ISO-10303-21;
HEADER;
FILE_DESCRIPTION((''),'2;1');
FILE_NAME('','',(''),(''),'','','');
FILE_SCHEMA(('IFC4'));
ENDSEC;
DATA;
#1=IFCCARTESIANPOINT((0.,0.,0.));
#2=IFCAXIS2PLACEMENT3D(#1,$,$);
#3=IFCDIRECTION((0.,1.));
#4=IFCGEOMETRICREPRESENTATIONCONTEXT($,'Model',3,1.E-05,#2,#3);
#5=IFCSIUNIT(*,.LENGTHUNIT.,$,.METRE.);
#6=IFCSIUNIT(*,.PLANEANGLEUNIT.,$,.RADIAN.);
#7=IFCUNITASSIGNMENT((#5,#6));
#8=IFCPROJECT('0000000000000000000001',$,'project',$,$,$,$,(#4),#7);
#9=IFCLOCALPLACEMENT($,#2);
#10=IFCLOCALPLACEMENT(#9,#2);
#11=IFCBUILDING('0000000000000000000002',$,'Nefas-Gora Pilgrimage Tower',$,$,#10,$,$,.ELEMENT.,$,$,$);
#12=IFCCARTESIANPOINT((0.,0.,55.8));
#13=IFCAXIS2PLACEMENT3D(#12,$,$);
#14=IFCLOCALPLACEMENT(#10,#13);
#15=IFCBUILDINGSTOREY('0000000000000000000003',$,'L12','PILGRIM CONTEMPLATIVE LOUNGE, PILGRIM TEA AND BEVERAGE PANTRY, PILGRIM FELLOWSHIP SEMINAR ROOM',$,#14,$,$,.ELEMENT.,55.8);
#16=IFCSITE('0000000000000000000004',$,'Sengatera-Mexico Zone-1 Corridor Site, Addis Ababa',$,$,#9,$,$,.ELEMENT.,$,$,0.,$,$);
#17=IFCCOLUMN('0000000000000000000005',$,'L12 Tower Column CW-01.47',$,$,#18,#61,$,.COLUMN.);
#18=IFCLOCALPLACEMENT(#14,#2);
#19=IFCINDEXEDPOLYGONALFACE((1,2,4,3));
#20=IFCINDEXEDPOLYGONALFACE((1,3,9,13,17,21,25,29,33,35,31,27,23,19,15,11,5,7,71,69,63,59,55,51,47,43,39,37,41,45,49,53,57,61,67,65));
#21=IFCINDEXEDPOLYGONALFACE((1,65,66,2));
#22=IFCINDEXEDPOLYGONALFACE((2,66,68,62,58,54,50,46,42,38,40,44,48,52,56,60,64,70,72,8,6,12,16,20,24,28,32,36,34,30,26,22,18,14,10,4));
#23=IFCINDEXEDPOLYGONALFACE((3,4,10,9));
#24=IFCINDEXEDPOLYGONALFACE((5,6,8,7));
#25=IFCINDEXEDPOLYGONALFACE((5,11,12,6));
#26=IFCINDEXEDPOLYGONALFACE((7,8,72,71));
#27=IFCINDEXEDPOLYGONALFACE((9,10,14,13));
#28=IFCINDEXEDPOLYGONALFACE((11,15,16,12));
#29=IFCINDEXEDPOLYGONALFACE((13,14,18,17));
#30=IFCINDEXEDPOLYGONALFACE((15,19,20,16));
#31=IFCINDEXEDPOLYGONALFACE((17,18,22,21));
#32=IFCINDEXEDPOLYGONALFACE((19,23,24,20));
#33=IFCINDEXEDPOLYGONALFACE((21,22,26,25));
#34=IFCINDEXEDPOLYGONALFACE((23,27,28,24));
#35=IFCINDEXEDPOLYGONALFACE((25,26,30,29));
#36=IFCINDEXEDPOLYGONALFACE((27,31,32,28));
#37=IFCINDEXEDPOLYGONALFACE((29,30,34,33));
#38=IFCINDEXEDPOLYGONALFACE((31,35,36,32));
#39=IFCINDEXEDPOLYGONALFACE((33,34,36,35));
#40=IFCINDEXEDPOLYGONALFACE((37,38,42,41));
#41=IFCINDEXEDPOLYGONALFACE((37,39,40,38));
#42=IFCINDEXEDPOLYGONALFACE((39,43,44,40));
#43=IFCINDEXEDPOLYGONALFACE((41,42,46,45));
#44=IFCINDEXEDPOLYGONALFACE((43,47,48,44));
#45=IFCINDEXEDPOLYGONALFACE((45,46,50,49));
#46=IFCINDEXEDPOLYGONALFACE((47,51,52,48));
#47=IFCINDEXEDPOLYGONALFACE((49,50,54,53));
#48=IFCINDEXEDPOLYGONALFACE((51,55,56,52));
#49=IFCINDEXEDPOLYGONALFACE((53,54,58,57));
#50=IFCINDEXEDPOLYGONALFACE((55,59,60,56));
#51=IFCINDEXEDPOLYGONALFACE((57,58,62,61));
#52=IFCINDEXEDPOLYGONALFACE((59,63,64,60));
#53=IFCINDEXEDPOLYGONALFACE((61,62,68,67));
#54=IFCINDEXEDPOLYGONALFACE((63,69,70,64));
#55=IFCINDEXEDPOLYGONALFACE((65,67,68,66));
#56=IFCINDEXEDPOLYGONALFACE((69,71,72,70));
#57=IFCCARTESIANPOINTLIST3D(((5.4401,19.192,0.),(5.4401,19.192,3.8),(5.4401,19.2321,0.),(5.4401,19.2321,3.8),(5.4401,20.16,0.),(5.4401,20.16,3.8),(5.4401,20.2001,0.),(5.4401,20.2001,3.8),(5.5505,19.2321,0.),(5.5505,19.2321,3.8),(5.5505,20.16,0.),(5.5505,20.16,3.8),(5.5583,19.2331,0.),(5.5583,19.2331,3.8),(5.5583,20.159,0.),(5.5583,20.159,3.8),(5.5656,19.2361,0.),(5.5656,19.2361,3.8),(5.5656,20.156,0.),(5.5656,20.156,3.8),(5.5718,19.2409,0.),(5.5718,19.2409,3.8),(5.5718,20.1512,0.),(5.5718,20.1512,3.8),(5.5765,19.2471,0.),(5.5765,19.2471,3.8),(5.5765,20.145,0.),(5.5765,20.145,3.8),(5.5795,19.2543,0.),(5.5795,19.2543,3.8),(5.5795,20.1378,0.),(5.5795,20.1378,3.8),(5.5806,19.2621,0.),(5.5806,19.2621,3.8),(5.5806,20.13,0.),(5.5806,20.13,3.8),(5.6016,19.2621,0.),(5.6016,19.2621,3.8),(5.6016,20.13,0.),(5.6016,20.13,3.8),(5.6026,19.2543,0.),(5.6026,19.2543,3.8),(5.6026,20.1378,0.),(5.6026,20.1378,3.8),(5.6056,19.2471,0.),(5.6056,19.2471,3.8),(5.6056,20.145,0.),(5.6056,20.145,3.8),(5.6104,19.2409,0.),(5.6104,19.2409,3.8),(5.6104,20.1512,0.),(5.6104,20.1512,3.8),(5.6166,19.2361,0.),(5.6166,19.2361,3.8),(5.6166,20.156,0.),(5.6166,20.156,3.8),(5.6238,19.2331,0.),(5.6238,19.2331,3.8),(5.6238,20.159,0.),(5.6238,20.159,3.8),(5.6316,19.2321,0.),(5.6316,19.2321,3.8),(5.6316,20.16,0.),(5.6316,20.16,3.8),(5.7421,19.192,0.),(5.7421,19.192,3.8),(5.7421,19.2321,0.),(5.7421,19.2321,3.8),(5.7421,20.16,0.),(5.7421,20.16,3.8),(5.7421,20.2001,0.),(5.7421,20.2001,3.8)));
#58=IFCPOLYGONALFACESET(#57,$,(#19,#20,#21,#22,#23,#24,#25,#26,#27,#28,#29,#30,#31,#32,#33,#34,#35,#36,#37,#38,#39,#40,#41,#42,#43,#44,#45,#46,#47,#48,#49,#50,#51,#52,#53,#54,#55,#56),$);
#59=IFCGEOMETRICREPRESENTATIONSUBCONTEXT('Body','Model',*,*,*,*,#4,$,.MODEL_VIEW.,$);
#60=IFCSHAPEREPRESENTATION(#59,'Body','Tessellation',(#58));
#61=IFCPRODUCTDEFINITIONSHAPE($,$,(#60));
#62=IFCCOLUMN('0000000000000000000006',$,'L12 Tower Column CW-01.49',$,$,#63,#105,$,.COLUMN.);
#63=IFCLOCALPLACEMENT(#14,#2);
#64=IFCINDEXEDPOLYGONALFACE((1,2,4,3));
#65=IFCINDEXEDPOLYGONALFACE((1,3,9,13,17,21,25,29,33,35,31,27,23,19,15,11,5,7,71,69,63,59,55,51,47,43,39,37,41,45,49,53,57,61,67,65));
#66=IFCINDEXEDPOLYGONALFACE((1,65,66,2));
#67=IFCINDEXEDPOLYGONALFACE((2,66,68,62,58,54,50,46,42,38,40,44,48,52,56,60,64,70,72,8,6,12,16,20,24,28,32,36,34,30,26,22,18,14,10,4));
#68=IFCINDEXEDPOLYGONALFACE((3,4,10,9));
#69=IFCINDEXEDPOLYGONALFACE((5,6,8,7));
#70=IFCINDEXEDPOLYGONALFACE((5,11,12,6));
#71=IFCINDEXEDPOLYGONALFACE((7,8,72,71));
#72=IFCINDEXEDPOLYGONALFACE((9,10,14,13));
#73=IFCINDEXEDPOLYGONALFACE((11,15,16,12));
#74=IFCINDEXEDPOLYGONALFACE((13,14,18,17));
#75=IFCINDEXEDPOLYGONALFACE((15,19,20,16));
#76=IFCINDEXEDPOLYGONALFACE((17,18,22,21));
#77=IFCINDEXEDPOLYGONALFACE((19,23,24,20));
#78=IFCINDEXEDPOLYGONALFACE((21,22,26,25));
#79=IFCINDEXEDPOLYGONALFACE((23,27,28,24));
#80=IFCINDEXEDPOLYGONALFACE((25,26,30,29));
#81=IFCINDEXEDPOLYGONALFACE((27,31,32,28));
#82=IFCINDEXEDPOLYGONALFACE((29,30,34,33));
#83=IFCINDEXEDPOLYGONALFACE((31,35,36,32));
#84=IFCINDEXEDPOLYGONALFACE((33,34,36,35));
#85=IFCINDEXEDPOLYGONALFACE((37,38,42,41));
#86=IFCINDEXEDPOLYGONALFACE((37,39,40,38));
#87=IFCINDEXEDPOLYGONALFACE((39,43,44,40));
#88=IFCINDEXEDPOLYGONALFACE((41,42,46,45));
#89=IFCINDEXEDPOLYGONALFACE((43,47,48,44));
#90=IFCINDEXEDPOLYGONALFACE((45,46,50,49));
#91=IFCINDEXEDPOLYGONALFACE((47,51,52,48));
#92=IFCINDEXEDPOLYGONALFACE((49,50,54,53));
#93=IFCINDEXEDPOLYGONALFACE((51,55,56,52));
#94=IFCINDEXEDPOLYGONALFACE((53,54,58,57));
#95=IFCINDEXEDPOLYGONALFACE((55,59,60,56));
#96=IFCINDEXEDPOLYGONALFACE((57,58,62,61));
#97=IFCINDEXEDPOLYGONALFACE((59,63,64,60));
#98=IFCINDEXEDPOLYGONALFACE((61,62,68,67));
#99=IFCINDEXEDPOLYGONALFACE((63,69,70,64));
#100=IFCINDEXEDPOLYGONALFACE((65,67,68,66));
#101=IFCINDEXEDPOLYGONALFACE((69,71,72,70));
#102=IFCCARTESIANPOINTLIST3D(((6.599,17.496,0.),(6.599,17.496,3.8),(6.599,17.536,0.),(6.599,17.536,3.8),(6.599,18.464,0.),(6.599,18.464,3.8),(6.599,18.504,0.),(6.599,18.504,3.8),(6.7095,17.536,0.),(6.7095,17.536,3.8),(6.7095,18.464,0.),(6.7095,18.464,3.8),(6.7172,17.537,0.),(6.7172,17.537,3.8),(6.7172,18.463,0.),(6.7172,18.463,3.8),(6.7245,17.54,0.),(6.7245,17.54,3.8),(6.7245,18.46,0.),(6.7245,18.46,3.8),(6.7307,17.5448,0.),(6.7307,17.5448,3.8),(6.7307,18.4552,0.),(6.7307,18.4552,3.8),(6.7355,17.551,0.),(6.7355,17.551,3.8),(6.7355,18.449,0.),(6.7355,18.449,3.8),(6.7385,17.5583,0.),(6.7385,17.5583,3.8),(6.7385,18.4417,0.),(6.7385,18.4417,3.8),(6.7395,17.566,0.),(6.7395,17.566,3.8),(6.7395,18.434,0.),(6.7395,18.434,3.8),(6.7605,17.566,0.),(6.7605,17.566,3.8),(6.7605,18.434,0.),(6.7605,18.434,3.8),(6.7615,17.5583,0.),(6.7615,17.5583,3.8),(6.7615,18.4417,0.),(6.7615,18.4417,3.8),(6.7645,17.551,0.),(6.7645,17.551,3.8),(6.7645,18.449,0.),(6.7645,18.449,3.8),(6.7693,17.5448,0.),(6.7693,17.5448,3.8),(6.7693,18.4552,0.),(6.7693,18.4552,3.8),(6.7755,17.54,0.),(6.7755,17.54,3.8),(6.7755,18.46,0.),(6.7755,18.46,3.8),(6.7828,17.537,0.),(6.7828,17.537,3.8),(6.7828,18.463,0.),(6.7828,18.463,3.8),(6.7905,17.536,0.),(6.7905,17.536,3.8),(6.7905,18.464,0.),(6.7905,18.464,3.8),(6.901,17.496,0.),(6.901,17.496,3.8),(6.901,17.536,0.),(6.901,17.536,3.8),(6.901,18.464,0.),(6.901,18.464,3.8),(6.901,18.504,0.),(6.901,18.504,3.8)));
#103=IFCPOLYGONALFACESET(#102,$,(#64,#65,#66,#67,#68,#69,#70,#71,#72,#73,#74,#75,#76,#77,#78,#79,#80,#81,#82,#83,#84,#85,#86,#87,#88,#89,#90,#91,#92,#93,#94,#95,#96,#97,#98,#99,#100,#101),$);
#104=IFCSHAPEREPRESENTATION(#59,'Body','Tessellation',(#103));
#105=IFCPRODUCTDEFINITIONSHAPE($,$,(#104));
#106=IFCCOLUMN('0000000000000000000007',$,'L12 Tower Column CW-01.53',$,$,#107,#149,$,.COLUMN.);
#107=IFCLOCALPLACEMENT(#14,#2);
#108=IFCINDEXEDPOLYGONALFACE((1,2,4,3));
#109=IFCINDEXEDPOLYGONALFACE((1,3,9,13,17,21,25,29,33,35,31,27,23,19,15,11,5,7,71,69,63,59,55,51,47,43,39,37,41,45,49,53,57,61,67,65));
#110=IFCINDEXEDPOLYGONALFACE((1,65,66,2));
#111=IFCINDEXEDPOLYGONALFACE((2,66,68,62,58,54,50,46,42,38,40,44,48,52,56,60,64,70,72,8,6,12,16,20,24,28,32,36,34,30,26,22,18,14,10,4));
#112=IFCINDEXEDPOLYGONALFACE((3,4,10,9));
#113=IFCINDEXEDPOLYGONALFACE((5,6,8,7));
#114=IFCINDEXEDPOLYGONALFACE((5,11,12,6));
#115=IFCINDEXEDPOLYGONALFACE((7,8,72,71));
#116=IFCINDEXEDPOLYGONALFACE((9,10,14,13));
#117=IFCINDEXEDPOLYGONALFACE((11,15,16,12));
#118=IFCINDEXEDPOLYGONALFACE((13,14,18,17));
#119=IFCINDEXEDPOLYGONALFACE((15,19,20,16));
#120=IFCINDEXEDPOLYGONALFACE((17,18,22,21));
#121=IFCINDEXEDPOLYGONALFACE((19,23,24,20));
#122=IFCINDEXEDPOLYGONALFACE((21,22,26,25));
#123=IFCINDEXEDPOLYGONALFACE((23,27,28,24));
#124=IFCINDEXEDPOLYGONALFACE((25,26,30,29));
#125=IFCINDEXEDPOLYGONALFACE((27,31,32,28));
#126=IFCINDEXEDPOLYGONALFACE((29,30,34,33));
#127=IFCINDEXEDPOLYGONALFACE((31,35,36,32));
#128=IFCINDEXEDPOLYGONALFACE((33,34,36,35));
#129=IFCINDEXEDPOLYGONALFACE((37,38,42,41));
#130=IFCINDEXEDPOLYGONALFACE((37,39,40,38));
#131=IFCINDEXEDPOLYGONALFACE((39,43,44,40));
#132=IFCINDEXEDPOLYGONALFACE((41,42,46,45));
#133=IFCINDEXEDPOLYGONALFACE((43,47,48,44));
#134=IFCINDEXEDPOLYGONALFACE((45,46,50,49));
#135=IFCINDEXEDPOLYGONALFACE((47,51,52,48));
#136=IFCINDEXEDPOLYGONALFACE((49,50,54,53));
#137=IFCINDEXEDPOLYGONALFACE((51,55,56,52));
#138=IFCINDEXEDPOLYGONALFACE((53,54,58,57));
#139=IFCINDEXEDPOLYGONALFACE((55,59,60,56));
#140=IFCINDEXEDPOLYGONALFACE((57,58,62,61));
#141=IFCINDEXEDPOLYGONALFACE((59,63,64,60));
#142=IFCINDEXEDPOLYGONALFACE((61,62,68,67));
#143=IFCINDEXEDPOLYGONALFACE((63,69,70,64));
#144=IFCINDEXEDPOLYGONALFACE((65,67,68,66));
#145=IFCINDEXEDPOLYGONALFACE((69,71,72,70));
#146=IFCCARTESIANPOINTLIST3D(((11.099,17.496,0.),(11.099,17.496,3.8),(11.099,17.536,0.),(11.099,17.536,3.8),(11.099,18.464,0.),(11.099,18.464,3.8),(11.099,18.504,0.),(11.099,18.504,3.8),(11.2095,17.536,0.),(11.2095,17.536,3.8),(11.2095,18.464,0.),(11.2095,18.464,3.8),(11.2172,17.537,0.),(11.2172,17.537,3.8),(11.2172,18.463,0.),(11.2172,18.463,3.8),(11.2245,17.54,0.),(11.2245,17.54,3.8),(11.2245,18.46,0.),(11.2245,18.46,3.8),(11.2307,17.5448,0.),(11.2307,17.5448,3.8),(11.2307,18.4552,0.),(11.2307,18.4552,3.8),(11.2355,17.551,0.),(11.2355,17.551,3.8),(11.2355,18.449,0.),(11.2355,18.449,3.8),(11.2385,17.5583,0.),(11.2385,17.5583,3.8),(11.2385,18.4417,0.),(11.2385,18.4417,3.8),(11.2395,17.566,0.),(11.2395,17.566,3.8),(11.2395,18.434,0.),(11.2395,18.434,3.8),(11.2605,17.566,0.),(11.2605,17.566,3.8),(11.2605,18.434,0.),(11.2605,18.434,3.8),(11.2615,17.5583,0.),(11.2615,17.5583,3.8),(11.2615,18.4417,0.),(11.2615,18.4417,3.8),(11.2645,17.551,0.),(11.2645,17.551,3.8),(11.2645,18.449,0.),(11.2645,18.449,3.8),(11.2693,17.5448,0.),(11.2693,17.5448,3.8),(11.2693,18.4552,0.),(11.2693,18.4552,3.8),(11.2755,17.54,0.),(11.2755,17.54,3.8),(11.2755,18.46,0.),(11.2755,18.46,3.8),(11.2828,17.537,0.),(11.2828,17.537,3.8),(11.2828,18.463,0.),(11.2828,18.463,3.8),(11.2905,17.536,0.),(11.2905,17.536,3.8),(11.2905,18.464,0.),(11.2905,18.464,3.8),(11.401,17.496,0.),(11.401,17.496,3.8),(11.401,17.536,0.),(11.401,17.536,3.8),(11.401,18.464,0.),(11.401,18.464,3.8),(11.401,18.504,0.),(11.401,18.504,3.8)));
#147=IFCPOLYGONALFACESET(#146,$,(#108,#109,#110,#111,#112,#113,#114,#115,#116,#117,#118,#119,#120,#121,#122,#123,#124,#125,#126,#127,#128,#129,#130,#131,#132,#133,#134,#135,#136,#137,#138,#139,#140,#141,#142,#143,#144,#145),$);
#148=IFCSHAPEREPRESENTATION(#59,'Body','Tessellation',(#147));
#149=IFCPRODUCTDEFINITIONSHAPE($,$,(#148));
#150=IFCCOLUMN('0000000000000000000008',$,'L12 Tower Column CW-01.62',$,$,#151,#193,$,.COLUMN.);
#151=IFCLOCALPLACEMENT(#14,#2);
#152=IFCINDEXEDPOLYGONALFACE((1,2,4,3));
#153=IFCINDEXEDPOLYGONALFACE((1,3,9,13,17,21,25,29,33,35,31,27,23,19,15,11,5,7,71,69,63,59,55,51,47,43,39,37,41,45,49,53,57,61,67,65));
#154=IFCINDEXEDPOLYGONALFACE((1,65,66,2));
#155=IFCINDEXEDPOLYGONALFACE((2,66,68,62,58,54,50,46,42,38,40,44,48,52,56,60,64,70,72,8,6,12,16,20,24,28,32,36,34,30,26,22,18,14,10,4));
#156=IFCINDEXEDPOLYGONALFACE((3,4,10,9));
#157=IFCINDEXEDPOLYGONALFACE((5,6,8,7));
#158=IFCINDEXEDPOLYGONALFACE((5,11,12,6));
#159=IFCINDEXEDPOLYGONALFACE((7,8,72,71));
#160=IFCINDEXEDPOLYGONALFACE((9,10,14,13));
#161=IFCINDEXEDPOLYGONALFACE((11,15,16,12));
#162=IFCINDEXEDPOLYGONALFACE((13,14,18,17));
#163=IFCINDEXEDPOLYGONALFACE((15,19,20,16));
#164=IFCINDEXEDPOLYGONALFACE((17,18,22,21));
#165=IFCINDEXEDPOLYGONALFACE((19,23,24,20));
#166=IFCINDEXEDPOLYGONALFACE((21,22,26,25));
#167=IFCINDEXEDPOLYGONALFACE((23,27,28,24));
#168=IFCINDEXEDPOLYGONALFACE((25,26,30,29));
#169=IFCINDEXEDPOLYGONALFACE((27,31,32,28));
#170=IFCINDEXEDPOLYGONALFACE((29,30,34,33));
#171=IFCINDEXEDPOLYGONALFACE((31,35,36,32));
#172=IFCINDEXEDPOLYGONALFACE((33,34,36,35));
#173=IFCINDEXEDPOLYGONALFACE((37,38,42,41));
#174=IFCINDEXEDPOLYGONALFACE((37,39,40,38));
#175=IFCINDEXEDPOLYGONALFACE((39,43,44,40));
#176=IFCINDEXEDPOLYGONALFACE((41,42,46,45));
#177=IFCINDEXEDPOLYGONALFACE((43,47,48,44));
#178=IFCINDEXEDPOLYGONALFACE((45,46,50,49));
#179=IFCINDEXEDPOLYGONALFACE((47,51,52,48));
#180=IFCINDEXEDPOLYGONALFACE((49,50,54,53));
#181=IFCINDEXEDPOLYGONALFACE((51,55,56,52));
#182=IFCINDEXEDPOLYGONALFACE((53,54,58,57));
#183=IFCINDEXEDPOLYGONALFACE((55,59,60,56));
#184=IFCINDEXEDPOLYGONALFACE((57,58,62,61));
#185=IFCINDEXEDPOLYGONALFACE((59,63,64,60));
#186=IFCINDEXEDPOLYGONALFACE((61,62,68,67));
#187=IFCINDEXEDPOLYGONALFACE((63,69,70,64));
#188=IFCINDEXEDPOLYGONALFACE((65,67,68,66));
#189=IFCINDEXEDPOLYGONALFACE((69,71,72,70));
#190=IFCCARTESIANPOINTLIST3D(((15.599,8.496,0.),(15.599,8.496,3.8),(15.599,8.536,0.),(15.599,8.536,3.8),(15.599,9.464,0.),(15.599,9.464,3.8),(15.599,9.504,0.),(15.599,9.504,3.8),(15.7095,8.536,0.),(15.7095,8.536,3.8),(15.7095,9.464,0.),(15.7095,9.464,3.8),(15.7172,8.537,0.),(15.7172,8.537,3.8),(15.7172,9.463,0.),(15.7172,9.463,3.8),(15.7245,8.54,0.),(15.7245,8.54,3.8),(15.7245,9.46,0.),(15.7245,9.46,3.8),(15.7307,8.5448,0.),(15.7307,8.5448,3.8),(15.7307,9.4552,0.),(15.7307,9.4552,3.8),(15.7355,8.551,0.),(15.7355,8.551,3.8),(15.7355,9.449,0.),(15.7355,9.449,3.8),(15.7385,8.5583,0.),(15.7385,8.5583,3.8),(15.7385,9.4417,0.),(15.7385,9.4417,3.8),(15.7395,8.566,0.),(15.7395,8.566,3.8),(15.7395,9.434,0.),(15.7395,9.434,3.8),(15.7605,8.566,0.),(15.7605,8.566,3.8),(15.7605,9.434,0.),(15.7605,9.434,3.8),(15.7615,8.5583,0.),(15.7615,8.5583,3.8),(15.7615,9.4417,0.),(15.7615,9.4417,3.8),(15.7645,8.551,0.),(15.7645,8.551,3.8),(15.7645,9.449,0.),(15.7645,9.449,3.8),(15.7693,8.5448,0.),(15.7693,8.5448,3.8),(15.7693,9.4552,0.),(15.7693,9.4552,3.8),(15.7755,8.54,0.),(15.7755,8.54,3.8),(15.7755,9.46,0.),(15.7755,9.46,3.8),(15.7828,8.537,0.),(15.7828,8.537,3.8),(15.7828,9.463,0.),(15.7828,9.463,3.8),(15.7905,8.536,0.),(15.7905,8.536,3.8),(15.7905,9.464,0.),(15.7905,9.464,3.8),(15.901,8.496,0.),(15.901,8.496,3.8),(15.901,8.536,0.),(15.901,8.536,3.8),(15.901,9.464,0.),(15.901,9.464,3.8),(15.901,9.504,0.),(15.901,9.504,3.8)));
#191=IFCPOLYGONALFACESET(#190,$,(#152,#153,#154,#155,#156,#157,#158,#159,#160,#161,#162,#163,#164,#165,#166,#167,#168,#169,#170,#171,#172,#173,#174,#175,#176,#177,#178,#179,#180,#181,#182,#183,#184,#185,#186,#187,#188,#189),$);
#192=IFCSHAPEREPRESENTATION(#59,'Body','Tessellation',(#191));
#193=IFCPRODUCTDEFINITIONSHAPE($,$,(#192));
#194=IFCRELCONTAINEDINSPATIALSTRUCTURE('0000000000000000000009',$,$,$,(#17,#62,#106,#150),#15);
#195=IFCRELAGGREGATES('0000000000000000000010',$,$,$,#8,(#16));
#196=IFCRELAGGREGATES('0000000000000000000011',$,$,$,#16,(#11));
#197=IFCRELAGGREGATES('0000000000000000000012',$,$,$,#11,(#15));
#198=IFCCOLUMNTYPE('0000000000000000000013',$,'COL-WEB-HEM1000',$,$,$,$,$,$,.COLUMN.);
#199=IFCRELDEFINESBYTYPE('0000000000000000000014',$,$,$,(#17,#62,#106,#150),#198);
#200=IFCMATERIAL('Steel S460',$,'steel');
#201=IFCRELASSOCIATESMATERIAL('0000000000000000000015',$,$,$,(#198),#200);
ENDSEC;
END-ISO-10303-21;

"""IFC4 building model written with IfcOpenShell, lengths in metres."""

from ifc_helpers import new_model, si_unit, direction, frame, origin, origin_2d, place, context, subcontext, project, spatial, i_section, extrude, source, transform, mapped, material, material_profile, profile_set, type_object, element, save


model = new_model("IFC4")

# Units and contexts
model_context = context("Model", 3, precision=1e-05, world=origin(), true_north=direction((0.0, 1.0)))
body_context = subcontext(model_context, "Body", "Model", "MODEL_VIEW")
ifc_project = project(units=[si_unit("LENGTHUNIT", "METRE"), si_unit("PLANEANGLEUNIT", "RADIAN")], contexts=[model_context])

# Site, building, storey
site_placement = place(None, origin())
site = spatial("IfcSite", under=ifc_project, at=site_placement, Name="Sengatera-Mexico Zone-1 Corridor Site, Addis Ababa", CompositionType="ELEMENT", RefElevation=0.0)
building_placement = place(site_placement, origin())
building = spatial("IfcBuilding", under=site, at=building_placement, Name="Nefas-Gora Pilgrimage Tower", CompositionType="ELEMENT")
storey_placement = place(building_placement, frame((0.0, 0.0, 55.8)))
storey = spatial("IfcBuildingStorey", under=building, at=storey_placement, Name="L12", Description="PILGRIM CONTEMPLATIVE LOUNGE, PILGRIM TEA AND BEVERAGE PANTRY, PILGRIM FELLOWSHIP SEMINAR ROOM", CompositionType="ELEMENT", Elevation=55.8)

# Columns
ifc_material_1 = material(Name="Steel S460", Category="steel")
ifc_material_profile_1 = material_profile(ifc_material_1, i_section(OverallWidth=0.302, OverallDepth=1.0081, WebThickness=0.021, FlangeThickness=0.04, FilletRadius=0.03, at=origin_2d()), Name="HEM 1000")
ifc_profile_set_1 = profile_set([ifc_material_profile_1], Name="Steel S460")
column_type_1 = type_object("IfcColumnType", Name="COL-WEB-HEM1000", PredefinedType="COLUMN", material=ifc_profile_set_1)
shared_shape_1 = source(origin(), body_context, "Body", "SweptSolid", [
    extrude(i_section(OverallWidth=0.302, OverallDepth=1.0081, WebThickness=0.021, FlangeThickness=0.04, FilletRadius=0.03, at=origin_2d()), origin(), (0.0, 0.0, 1.0), 3.8),
])
for number, where, z_axis, x_axis, name in (
    (1, (5.5911, 19.696, 0.0), (0.0, 0.0, 1.0), (1.0, 0.0, 0.0), "L12 Tower Column CW-01.47"),
    (2, (6.75, 18.0, 0.0), (0.0, 0.0, 1.0), (1.0, 0.0, 0.0), "L12 Tower Column CW-01.49"),
    (3, (11.25, 18.0, 0.0), (0.0, 0.0, 1.0), (1.0, 0.0, 0.0), "L12 Tower Column CW-01.53"),
    (4, (15.75, 9.0, 0.0), (0.0, 0.0, 1.0), (1.0, 0.0, 0.0), "L12 Tower Column CW-01.62"),
):
    element("IfcColumn", number, at=place(storey_placement, frame(where, z_axis=z_axis, x_axis=x_axis)), inside=storey, type_object=column_type_1, Name=name, PredefinedType="COLUMN", context=body_context, shape_type="MappedRepresentation", body=[
        mapped(shared_shape_1, transform((0.0, 0.0, 0.0), x_axis=(1.0, 0.0, 0.0), y_axis=(0.0, 1.0, 0.0), z_axis=(0.0, 0.0, 1.0), scale=1.0)),
    ])

save(model, "model.ifc")
